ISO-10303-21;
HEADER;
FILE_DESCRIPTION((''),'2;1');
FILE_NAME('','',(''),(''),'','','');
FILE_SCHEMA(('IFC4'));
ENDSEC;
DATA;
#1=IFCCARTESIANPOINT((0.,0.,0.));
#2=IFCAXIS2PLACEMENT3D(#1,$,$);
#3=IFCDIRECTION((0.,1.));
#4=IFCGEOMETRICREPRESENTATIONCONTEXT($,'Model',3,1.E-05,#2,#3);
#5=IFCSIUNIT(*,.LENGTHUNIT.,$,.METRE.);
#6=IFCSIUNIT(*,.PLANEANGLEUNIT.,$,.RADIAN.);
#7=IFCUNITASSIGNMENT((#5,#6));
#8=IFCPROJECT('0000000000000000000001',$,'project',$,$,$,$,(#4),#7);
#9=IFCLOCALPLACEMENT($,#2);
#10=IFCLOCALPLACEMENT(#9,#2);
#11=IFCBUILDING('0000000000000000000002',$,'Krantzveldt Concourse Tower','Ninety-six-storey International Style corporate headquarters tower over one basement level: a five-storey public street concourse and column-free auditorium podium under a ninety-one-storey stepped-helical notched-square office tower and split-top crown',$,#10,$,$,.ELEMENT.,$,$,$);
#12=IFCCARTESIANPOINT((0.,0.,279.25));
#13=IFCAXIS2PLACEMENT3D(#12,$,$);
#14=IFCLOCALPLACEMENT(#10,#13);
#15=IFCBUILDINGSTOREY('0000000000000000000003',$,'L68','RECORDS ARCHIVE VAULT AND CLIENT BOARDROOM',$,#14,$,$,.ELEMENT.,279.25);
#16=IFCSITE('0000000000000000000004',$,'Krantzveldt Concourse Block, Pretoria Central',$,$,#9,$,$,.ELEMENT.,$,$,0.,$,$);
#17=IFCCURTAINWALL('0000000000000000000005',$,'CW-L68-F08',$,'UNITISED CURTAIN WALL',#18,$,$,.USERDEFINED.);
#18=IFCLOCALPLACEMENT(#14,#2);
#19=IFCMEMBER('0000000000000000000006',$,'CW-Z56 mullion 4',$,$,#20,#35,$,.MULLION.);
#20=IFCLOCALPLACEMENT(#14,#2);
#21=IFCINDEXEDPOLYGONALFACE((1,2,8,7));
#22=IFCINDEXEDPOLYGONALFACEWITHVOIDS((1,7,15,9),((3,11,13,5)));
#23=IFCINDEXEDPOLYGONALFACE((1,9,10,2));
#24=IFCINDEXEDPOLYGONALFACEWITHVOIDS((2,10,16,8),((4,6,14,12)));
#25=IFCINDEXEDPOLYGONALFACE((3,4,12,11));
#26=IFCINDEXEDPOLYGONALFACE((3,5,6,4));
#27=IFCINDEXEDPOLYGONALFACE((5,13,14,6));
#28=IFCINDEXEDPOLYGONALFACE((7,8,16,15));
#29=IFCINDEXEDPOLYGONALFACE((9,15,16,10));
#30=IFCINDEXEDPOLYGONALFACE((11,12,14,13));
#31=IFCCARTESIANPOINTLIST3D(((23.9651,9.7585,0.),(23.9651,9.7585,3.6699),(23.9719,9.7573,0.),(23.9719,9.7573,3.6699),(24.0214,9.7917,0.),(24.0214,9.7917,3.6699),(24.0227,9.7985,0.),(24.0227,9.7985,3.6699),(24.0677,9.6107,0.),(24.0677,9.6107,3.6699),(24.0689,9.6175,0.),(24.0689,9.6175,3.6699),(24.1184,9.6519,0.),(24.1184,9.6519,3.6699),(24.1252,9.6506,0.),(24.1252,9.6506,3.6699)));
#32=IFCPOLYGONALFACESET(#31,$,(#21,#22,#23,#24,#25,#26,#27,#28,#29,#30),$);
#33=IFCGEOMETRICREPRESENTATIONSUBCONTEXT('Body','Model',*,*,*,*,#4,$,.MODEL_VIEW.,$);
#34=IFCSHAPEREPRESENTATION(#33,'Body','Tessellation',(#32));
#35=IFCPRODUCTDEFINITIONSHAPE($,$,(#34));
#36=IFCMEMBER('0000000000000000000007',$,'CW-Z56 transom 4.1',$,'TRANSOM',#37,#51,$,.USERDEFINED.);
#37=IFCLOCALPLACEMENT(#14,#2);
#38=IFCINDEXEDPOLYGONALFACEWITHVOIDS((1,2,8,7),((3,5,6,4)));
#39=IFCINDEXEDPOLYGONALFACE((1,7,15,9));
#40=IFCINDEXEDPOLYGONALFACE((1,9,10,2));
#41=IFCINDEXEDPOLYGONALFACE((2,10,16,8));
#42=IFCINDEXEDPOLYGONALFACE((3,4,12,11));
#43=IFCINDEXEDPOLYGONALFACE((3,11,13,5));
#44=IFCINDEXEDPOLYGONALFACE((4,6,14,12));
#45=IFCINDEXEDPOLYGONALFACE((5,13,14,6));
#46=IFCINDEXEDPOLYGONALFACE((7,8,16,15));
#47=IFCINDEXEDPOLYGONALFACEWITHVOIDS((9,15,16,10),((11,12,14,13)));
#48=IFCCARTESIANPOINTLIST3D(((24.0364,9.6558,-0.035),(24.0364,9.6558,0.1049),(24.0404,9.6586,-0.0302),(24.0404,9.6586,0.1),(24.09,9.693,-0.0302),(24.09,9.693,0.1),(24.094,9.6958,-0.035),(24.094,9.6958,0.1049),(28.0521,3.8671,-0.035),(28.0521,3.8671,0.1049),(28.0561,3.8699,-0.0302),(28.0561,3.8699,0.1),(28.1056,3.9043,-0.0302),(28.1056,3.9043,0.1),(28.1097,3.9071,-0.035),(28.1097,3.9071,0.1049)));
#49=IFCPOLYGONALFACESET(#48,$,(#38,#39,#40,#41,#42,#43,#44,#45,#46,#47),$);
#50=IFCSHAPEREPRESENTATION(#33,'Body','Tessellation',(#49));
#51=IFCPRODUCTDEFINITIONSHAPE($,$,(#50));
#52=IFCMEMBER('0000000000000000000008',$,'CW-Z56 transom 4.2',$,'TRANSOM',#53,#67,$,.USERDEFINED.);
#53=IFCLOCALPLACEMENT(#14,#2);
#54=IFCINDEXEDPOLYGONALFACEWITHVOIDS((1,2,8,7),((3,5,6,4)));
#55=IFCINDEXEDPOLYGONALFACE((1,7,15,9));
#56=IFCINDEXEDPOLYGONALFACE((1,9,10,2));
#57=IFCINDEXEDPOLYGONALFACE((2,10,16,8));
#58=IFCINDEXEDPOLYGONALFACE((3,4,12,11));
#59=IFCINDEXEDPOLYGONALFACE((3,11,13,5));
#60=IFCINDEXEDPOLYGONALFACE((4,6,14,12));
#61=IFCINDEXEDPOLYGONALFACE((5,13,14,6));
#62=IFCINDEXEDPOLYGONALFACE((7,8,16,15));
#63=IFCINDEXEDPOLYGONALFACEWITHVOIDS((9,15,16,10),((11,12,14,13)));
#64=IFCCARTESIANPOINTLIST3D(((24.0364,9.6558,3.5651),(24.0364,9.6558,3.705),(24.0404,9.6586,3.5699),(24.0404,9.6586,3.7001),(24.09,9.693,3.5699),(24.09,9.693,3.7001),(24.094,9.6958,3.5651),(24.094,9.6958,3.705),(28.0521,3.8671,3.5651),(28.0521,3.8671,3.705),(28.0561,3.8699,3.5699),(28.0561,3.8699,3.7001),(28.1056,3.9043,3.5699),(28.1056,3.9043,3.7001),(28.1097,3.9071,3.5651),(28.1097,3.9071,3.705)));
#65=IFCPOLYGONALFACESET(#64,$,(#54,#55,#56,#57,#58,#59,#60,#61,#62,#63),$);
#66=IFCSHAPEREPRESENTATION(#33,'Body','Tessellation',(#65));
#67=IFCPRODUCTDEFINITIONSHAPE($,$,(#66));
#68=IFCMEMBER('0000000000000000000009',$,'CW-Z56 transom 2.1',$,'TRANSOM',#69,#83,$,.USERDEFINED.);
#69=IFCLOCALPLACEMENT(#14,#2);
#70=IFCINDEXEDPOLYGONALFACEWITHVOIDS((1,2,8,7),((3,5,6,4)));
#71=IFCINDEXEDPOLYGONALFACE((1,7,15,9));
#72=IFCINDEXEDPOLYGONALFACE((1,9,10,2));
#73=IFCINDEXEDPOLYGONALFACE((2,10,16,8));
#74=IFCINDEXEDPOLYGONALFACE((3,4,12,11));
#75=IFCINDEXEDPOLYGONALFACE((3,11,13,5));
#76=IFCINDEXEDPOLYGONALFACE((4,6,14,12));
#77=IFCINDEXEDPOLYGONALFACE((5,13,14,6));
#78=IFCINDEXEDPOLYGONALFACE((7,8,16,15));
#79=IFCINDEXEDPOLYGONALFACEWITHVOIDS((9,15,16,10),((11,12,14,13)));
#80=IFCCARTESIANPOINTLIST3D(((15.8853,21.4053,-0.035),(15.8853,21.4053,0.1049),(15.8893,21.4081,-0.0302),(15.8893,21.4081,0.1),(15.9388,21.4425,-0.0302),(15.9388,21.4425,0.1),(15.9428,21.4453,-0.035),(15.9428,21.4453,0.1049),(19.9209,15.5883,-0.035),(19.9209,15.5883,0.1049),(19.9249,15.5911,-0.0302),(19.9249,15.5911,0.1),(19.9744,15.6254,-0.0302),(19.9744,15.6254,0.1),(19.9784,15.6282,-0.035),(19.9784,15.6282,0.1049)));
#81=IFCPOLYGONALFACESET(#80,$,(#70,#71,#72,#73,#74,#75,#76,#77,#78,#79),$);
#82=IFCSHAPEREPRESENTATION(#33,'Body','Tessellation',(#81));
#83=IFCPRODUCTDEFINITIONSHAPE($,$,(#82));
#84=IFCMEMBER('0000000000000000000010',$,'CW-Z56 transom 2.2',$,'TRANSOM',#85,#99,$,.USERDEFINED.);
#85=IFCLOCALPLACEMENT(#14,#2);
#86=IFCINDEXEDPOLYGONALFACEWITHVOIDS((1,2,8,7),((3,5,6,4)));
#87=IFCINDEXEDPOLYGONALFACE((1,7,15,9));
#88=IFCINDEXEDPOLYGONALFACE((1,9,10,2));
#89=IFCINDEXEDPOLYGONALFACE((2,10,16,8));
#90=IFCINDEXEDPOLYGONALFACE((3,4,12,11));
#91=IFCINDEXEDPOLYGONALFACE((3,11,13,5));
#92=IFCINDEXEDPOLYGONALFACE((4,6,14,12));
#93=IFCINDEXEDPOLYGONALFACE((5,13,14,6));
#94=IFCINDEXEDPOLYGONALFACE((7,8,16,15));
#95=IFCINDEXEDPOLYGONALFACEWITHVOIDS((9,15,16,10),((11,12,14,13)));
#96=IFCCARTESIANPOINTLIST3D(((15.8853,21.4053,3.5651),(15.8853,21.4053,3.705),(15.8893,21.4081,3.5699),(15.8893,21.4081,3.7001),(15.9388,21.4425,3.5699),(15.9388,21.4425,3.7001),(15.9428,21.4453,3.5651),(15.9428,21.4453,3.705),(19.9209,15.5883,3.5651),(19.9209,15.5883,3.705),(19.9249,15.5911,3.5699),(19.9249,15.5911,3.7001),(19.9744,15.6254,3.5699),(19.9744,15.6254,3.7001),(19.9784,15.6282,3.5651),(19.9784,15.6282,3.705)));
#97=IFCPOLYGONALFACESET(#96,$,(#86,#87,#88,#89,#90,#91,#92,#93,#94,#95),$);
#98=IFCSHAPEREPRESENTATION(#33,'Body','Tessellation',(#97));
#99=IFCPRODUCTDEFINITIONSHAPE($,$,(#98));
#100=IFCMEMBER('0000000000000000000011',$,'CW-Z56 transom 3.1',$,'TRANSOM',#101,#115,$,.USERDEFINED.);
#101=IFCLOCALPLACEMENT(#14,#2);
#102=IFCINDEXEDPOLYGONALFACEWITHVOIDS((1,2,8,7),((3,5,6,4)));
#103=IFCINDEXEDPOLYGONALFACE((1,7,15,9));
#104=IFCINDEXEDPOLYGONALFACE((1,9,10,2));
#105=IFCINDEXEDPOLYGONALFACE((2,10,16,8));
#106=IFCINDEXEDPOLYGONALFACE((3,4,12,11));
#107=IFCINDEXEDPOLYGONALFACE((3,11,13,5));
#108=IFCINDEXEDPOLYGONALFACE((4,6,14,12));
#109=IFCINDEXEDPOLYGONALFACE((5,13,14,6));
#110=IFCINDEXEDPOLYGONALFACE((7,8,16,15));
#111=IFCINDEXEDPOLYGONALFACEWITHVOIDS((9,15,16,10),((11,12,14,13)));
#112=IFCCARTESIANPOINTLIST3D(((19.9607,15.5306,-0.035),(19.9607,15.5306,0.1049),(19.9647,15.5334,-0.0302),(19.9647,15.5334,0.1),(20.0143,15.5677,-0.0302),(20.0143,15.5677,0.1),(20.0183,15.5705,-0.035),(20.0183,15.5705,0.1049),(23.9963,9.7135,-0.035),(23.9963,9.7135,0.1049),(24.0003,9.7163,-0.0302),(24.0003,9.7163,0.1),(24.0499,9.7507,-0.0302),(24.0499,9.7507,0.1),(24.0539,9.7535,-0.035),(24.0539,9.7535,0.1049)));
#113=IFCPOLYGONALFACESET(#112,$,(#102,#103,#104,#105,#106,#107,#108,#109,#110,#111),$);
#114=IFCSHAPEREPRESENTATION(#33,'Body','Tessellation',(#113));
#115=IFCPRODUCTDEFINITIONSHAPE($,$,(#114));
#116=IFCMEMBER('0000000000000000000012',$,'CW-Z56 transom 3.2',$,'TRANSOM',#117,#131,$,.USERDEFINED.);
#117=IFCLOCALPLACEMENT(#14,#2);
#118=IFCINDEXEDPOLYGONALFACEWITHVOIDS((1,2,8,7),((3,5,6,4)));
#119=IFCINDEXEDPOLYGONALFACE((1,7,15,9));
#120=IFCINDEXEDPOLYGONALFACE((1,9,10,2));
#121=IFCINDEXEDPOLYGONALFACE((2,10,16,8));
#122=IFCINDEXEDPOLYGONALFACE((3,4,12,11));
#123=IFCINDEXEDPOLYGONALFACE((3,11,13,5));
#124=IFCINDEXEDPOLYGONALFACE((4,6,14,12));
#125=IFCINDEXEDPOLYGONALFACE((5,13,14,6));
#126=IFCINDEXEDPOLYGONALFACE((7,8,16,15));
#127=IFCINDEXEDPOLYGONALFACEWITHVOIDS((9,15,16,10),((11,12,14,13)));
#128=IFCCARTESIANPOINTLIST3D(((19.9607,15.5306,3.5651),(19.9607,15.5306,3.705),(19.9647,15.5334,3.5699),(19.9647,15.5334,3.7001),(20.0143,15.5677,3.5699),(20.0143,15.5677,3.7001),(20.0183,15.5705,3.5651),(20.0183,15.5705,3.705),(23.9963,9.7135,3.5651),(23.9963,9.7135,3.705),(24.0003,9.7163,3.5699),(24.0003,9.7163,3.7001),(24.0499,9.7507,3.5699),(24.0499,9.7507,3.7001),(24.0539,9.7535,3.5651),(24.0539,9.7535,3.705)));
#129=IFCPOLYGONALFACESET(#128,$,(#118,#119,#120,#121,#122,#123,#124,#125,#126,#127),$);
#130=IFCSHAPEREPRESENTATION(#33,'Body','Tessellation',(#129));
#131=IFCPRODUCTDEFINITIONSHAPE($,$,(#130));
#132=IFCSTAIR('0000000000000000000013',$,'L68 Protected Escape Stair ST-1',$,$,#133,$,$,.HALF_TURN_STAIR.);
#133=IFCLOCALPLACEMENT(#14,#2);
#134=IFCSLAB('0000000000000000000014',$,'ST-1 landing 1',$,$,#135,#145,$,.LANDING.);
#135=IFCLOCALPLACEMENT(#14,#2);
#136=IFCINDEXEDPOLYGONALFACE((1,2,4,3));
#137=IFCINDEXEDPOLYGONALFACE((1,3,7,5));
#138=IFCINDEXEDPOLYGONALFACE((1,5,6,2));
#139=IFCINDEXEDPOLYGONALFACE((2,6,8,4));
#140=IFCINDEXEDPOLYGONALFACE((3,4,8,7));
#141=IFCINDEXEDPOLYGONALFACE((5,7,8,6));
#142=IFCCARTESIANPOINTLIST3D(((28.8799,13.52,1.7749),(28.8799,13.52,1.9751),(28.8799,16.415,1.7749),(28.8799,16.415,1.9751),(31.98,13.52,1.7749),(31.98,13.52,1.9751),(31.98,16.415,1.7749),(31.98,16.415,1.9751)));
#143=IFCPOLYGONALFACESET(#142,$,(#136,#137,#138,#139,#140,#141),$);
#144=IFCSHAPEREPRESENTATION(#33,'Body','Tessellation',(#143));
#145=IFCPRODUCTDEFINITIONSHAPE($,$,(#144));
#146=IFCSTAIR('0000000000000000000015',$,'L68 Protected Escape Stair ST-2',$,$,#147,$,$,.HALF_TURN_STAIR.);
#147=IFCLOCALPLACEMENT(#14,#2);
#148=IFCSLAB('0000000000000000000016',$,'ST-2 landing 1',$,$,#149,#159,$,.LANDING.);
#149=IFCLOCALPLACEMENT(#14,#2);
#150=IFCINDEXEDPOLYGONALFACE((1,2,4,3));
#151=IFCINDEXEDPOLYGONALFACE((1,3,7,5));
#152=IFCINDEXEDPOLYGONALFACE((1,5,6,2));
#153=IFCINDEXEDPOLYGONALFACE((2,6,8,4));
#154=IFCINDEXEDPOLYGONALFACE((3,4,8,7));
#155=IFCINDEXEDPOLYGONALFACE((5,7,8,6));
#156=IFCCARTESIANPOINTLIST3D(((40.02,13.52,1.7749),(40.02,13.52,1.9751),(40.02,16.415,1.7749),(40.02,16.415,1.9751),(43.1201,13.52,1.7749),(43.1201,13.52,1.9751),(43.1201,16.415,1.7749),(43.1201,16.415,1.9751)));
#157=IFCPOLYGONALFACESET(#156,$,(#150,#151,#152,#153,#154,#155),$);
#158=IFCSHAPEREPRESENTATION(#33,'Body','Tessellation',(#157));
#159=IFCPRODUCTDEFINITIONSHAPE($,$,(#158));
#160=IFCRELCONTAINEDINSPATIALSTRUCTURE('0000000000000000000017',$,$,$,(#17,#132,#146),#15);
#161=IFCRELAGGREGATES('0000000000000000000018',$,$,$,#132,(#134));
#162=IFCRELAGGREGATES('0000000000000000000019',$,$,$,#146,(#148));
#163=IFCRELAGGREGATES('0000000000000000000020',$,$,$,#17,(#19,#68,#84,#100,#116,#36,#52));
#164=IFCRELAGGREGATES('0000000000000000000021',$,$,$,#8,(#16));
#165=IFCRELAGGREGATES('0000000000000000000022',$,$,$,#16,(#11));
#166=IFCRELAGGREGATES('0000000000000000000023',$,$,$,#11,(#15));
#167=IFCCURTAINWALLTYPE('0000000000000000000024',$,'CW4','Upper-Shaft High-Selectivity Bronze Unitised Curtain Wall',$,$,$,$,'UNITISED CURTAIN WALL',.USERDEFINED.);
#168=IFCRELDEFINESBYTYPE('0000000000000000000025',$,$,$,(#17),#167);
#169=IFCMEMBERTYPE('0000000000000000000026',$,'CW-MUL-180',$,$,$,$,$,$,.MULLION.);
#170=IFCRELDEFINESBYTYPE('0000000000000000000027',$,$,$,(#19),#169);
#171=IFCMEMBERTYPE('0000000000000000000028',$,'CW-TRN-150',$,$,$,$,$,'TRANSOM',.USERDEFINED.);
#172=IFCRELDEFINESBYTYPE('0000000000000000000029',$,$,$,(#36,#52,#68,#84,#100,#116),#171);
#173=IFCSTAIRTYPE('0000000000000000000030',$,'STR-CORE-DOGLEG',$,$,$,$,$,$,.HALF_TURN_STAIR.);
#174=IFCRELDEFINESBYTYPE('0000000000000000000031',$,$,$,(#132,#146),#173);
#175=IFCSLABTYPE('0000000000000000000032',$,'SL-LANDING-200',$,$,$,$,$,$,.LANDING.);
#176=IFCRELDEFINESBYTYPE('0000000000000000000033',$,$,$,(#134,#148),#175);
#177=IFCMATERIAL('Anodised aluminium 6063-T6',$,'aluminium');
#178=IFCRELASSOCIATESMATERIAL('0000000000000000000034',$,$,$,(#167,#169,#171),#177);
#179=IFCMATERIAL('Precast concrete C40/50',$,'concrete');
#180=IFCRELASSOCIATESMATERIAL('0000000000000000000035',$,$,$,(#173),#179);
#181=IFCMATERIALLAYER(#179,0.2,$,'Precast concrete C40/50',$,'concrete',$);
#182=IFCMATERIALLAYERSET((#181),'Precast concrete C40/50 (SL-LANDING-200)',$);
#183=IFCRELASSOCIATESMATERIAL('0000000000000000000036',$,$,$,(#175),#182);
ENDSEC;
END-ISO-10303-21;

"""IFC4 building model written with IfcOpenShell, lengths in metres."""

from ifc_helpers import new_model, si_unit, direction, frame, origin, origin_2d, place, context, subcontext, project, spatial, polyline, hollow_rectangle, outline, extrude, source, transform, mapped, material, layer, layer_set, material_profile, profile_set, type_object, type_shapes, element, aggregate, save


model = new_model("IFC4")

# Units and contexts
model_context = context("Model", 3, precision=1e-05, world=origin(), true_north=direction((0.0, 1.0)))
body_context = subcontext(model_context, "Body", "Model", "MODEL_VIEW")
ifc_project = project(units=[si_unit("LENGTHUNIT", "METRE"), si_unit("PLANEANGLEUNIT", "RADIAN")], contexts=[model_context])

# Site, building, storey
site_placement = place(None, origin())
site = spatial("IfcSite", under=ifc_project, at=site_placement, Name="Krantzveldt Concourse Block, Pretoria Central", CompositionType="ELEMENT", RefElevation=0.0)
building_placement = place(site_placement, origin())
building = spatial("IfcBuilding", under=site, at=building_placement, Name="Krantzveldt Concourse Tower", Description="Ninety-six-storey International Style corporate headquarters tower over one basement level: a five-storey public street concourse and column-free auditorium podium under a ninety-one-storey stepped-helical notched-square office tower and split-top crown", CompositionType="ELEMENT")
storey_placement = place(building_placement, frame((0.0, 0.0, 279.25)))
storey = spatial("IfcBuildingStorey", under=building, at=storey_placement, Name="L68", Description="RECORDS ARCHIVE VAULT AND CLIENT BOARDROOM", CompositionType="ELEMENT", Elevation=279.25)

# Curtain wall, members
ifc_material_1 = material(Name="Anodised aluminium 6063-T6", Category="aluminium")
curtain_wall_type = type_object("IfcCurtainWallType", Name="CW4", Description="Upper-Shaft High-Selectivity Bronze Unitised Curtain Wall", ElementType="UNITISED CURTAIN WALL", PredefinedType="USERDEFINED", material=ifc_material_1)
curtain_wall_placement = place(storey_placement, origin())
curtain_wall = element("IfcCurtainWall", 1, at=curtain_wall_placement, inside=storey, type_object=curtain_wall_type, Name="CW-L68-F08", ObjectType="UNITISED CURTAIN WALL", PredefinedType="USERDEFINED")
ifc_material_profile_1 = material_profile(ifc_material_1, hollow_rectangle(XDim=0.0701, YDim=0.1799, WallThickness=0.0049, at=origin_2d()), Name="Anodised aluminium 6063-T6", Category="aluminium")
ifc_profile_set_1 = profile_set([ifc_material_profile_1], Name="Anodised aluminium 6063-T6 - ALU-MULL 180x70x5")
member_type_1 = type_object("IfcMemberType", Name="CW-MUL-180", PredefinedType="MULLION", material=ifc_profile_set_1)
shared_shape_1 = source(origin(), body_context, "Body", "SweptSolid", [
    extrude(hollow_rectangle(XDim=0.0701, YDim=0.1799, WallThickness=0.0049, at=origin_2d()), origin(), (0.0, 0.0, 1.0), 3.6699),
])
type_shapes(member_type_1, [shared_shape_1])
member_1_placement = place(storey_placement, frame((24.0452, 9.7046, 0.0), z_axis=(0.0, 0.0, 1.0), x_axis=(0.821647, 0.569997, 0.0)))
member_1 = element("IfcMember", 2, at=member_1_placement, type_object=member_type_1, Name="CW-Z56 mullion 4", PredefinedType="MULLION", context=body_context, shape_type="MappedRepresentation", body=[
    mapped(shared_shape_1, transform((0.0, 0.0, 0.0), x_axis=(1.0, 0.0, 0.0), y_axis=(0.0, 1.0, 0.0), z_axis=(0.0, 0.0, 1.0), scale=1.0)),
])
ifc_material_profile_2 = material_profile(ifc_material_1, hollow_rectangle(XDim=0.0701, YDim=0.1399, WallThickness=0.0049, at=origin_2d()), Name="Anodised aluminium 6063-T6", Category="aluminium")
ifc_profile_set_2 = profile_set([ifc_material_profile_2], Name="Anodised aluminium 6063-T6 - ALU-TRAN 140x70x5")
member_type_2 = type_object("IfcMemberType", Name="CW-TRN-150", ElementType="TRANSOM", PredefinedType="USERDEFINED", material=ifc_profile_set_2)
shared_shape_2 = source(origin(), body_context, "Body", "SweptSolid", [
    extrude(hollow_rectangle(XDim=0.0701, YDim=0.1399, WallThickness=0.0049, at=origin_2d()), origin(), (0.0, 0.0, 1.0), 7.0452),
])
member_2_placement = place(storey_placement, frame((24.0652, 9.6758, 0.0349), z_axis=(0.569992, -0.82165, 0.0), x_axis=(0.82165, 0.569992, 0.0)))
member_2 = element("IfcMember", 3, at=member_2_placement, type_object=member_type_2, Name="CW-Z56 transom 4.1", ObjectType="TRANSOM", PredefinedType="USERDEFINED", context=body_context, shape_type="MappedRepresentation", body=[
    mapped(shared_shape_2, transform((0.0, 0.0, 0.0), x_axis=(1.0, 0.0, 0.0), y_axis=(0.0, 1.0, 0.0), z_axis=(0.0, 0.0, 1.0), scale=1.0)),
])
member_3_placement = place(storey_placement, frame((24.0652, 9.6758, 3.635), z_axis=(0.569992, -0.82165, 0.0), x_axis=(0.82165, 0.569992, 0.0)))
member_3 = element("IfcMember", 4, at=member_3_placement, type_object=member_type_2, Name="CW-Z56 transom 4.2", ObjectType="TRANSOM", PredefinedType="USERDEFINED", context=body_context, shape_type="MappedRepresentation", body=[
    mapped(shared_shape_2, transform((0.0, 0.0, 0.0), x_axis=(1.0, 0.0, 0.0), y_axis=(0.0, 1.0, 0.0), z_axis=(0.0, 0.0, 1.0), scale=1.0)),
])
shared_shape_3 = source(origin(), body_context, "Body", "SweptSolid", [
    extrude(hollow_rectangle(XDim=0.0701, YDim=0.1399, WallThickness=0.0049, at=origin_2d()), origin(), (0.0, 0.0, 1.0), 7.0798),
])
type_shapes(member_type_2, [shared_shape_2, shared_shape_3])
member_4_placement = place(storey_placement, frame((15.9141, 21.4253, 0.0349), z_axis=(0.570011, -0.821637, 0.0), x_axis=(0.821637, 0.570011, 0.0)))
member_4 = element("IfcMember", 5, at=member_4_placement, type_object=member_type_2, Name="CW-Z56 transom 2.1", ObjectType="TRANSOM", PredefinedType="USERDEFINED", context=body_context, shape_type="MappedRepresentation", body=[
    mapped(shared_shape_3, transform((0.0, 0.0, 0.0), x_axis=(1.0, 0.0, 0.0), y_axis=(0.0, 1.0, 0.0), z_axis=(0.0, 0.0, 1.0), scale=1.0)),
])
member_5_placement = place(storey_placement, frame((15.9141, 21.4253, 3.635), z_axis=(0.570011, -0.821637, 0.0), x_axis=(0.821637, 0.570011, 0.0)))
member_5 = element("IfcMember", 6, at=member_5_placement, type_object=member_type_2, Name="CW-Z56 transom 2.2", ObjectType="TRANSOM", PredefinedType="USERDEFINED", context=body_context, shape_type="MappedRepresentation", body=[
    mapped(shared_shape_3, transform((0.0, 0.0, 0.0), x_axis=(1.0, 0.0, 0.0), y_axis=(0.0, 1.0, 0.0), z_axis=(0.0, 0.0, 1.0), scale=1.0)),
])
member_6_placement = place(storey_placement, frame((19.9895, 15.5505, 0.0349), z_axis=(0.570011, -0.821637, 0.0), x_axis=(0.821637, 0.570011, 0.0)))
member_6 = element("IfcMember", 7, at=member_6_placement, type_object=member_type_2, Name="CW-Z56 transom 3.1", ObjectType="TRANSOM", PredefinedType="USERDEFINED", context=body_context, shape_type="MappedRepresentation", body=[
    mapped(shared_shape_3, transform((0.0, 0.0, 0.0), x_axis=(1.0, 0.0, 0.0), y_axis=(0.0, 1.0, 0.0), z_axis=(0.0, 0.0, 1.0), scale=1.0)),
])
member_7_placement = place(storey_placement, frame((19.9895, 15.5505, 3.635), z_axis=(0.570011, -0.821637, 0.0), x_axis=(0.821637, 0.570011, 0.0)))
member_7 = element("IfcMember", 8, at=member_7_placement, type_object=member_type_2, Name="CW-Z56 transom 3.2", ObjectType="TRANSOM", PredefinedType="USERDEFINED", context=body_context, shape_type="MappedRepresentation", body=[
    mapped(shared_shape_3, transform((0.0, 0.0, 0.0), x_axis=(1.0, 0.0, 0.0), y_axis=(0.0, 1.0, 0.0), z_axis=(0.0, 0.0, 1.0), scale=1.0)),
])

# Stairs, slabs
ifc_material_2 = material(Name="Precast concrete C40/50", Category="concrete")
stair_type = type_object("IfcStairType", Name="STR-CORE-DOGLEG", PredefinedType="HALF_TURN_STAIR", material=ifc_material_2)
stair_1_placement = place(storey_placement, origin())
stair_1 = element("IfcStair", 9, at=stair_1_placement, inside=storey, type_object=stair_type, Name="L68 Protected Escape Stair ST-1", PredefinedType="HALF_TURN_STAIR")
ifc_layer_1 = layer(ifc_material_2, 0.2, Name="Precast concrete C40/50", Category="concrete")
ifc_layer_set_1 = layer_set([ifc_layer_1], Name="Precast concrete C40/50 (SL-LANDING-200)")
slab_type_1 = type_object("IfcSlabType", Name="SL-LANDING-200", PredefinedType="LANDING", material=ifc_layer_set_1)
slab_1_placement = place(storey_placement, frame((0.0, 0.0, 1.7749)))
slab_1 = element("IfcSlab", 10, at=slab_1_placement, type_object=slab_type_1, Name="ST-1 landing 1", PredefinedType="LANDING", context=body_context, shape_type="SweptSolid", body=[
    extrude(outline(polyline([(28.8799, 16.415), (28.8799, 13.52), (31.98, 13.52), (31.98, 16.415), (28.8799, 16.415)])), origin(), (0.0, 0.0, 1.0), 0.2002),
])
aggregate(stair_1, [slab_1])
stair_2_placement = place(storey_placement, origin())
stair_2 = element("IfcStair", 11, at=stair_2_placement, inside=storey, type_object=stair_type, Name="L68 Protected Escape Stair ST-2", PredefinedType="HALF_TURN_STAIR")
slab_2_placement = place(storey_placement, frame((0.0, 0.0, 1.7749)))
slab_2 = element("IfcSlab", 12, at=slab_2_placement, type_object=slab_type_1, Name="ST-2 landing 1", PredefinedType="LANDING", context=body_context, shape_type="SweptSolid", body=[
    extrude(outline(polyline([(40.02, 16.415), (40.02, 13.52), (43.1201, 13.52), (43.1201, 16.415), (40.02, 16.415)])), origin(), (0.0, 0.0, 1.0), 0.2002),
])
aggregate(stair_2, [slab_2])

aggregate(curtain_wall, [member_1, member_4, member_5, member_6, member_7, member_2, member_3])

save(model, "model.ifc")
